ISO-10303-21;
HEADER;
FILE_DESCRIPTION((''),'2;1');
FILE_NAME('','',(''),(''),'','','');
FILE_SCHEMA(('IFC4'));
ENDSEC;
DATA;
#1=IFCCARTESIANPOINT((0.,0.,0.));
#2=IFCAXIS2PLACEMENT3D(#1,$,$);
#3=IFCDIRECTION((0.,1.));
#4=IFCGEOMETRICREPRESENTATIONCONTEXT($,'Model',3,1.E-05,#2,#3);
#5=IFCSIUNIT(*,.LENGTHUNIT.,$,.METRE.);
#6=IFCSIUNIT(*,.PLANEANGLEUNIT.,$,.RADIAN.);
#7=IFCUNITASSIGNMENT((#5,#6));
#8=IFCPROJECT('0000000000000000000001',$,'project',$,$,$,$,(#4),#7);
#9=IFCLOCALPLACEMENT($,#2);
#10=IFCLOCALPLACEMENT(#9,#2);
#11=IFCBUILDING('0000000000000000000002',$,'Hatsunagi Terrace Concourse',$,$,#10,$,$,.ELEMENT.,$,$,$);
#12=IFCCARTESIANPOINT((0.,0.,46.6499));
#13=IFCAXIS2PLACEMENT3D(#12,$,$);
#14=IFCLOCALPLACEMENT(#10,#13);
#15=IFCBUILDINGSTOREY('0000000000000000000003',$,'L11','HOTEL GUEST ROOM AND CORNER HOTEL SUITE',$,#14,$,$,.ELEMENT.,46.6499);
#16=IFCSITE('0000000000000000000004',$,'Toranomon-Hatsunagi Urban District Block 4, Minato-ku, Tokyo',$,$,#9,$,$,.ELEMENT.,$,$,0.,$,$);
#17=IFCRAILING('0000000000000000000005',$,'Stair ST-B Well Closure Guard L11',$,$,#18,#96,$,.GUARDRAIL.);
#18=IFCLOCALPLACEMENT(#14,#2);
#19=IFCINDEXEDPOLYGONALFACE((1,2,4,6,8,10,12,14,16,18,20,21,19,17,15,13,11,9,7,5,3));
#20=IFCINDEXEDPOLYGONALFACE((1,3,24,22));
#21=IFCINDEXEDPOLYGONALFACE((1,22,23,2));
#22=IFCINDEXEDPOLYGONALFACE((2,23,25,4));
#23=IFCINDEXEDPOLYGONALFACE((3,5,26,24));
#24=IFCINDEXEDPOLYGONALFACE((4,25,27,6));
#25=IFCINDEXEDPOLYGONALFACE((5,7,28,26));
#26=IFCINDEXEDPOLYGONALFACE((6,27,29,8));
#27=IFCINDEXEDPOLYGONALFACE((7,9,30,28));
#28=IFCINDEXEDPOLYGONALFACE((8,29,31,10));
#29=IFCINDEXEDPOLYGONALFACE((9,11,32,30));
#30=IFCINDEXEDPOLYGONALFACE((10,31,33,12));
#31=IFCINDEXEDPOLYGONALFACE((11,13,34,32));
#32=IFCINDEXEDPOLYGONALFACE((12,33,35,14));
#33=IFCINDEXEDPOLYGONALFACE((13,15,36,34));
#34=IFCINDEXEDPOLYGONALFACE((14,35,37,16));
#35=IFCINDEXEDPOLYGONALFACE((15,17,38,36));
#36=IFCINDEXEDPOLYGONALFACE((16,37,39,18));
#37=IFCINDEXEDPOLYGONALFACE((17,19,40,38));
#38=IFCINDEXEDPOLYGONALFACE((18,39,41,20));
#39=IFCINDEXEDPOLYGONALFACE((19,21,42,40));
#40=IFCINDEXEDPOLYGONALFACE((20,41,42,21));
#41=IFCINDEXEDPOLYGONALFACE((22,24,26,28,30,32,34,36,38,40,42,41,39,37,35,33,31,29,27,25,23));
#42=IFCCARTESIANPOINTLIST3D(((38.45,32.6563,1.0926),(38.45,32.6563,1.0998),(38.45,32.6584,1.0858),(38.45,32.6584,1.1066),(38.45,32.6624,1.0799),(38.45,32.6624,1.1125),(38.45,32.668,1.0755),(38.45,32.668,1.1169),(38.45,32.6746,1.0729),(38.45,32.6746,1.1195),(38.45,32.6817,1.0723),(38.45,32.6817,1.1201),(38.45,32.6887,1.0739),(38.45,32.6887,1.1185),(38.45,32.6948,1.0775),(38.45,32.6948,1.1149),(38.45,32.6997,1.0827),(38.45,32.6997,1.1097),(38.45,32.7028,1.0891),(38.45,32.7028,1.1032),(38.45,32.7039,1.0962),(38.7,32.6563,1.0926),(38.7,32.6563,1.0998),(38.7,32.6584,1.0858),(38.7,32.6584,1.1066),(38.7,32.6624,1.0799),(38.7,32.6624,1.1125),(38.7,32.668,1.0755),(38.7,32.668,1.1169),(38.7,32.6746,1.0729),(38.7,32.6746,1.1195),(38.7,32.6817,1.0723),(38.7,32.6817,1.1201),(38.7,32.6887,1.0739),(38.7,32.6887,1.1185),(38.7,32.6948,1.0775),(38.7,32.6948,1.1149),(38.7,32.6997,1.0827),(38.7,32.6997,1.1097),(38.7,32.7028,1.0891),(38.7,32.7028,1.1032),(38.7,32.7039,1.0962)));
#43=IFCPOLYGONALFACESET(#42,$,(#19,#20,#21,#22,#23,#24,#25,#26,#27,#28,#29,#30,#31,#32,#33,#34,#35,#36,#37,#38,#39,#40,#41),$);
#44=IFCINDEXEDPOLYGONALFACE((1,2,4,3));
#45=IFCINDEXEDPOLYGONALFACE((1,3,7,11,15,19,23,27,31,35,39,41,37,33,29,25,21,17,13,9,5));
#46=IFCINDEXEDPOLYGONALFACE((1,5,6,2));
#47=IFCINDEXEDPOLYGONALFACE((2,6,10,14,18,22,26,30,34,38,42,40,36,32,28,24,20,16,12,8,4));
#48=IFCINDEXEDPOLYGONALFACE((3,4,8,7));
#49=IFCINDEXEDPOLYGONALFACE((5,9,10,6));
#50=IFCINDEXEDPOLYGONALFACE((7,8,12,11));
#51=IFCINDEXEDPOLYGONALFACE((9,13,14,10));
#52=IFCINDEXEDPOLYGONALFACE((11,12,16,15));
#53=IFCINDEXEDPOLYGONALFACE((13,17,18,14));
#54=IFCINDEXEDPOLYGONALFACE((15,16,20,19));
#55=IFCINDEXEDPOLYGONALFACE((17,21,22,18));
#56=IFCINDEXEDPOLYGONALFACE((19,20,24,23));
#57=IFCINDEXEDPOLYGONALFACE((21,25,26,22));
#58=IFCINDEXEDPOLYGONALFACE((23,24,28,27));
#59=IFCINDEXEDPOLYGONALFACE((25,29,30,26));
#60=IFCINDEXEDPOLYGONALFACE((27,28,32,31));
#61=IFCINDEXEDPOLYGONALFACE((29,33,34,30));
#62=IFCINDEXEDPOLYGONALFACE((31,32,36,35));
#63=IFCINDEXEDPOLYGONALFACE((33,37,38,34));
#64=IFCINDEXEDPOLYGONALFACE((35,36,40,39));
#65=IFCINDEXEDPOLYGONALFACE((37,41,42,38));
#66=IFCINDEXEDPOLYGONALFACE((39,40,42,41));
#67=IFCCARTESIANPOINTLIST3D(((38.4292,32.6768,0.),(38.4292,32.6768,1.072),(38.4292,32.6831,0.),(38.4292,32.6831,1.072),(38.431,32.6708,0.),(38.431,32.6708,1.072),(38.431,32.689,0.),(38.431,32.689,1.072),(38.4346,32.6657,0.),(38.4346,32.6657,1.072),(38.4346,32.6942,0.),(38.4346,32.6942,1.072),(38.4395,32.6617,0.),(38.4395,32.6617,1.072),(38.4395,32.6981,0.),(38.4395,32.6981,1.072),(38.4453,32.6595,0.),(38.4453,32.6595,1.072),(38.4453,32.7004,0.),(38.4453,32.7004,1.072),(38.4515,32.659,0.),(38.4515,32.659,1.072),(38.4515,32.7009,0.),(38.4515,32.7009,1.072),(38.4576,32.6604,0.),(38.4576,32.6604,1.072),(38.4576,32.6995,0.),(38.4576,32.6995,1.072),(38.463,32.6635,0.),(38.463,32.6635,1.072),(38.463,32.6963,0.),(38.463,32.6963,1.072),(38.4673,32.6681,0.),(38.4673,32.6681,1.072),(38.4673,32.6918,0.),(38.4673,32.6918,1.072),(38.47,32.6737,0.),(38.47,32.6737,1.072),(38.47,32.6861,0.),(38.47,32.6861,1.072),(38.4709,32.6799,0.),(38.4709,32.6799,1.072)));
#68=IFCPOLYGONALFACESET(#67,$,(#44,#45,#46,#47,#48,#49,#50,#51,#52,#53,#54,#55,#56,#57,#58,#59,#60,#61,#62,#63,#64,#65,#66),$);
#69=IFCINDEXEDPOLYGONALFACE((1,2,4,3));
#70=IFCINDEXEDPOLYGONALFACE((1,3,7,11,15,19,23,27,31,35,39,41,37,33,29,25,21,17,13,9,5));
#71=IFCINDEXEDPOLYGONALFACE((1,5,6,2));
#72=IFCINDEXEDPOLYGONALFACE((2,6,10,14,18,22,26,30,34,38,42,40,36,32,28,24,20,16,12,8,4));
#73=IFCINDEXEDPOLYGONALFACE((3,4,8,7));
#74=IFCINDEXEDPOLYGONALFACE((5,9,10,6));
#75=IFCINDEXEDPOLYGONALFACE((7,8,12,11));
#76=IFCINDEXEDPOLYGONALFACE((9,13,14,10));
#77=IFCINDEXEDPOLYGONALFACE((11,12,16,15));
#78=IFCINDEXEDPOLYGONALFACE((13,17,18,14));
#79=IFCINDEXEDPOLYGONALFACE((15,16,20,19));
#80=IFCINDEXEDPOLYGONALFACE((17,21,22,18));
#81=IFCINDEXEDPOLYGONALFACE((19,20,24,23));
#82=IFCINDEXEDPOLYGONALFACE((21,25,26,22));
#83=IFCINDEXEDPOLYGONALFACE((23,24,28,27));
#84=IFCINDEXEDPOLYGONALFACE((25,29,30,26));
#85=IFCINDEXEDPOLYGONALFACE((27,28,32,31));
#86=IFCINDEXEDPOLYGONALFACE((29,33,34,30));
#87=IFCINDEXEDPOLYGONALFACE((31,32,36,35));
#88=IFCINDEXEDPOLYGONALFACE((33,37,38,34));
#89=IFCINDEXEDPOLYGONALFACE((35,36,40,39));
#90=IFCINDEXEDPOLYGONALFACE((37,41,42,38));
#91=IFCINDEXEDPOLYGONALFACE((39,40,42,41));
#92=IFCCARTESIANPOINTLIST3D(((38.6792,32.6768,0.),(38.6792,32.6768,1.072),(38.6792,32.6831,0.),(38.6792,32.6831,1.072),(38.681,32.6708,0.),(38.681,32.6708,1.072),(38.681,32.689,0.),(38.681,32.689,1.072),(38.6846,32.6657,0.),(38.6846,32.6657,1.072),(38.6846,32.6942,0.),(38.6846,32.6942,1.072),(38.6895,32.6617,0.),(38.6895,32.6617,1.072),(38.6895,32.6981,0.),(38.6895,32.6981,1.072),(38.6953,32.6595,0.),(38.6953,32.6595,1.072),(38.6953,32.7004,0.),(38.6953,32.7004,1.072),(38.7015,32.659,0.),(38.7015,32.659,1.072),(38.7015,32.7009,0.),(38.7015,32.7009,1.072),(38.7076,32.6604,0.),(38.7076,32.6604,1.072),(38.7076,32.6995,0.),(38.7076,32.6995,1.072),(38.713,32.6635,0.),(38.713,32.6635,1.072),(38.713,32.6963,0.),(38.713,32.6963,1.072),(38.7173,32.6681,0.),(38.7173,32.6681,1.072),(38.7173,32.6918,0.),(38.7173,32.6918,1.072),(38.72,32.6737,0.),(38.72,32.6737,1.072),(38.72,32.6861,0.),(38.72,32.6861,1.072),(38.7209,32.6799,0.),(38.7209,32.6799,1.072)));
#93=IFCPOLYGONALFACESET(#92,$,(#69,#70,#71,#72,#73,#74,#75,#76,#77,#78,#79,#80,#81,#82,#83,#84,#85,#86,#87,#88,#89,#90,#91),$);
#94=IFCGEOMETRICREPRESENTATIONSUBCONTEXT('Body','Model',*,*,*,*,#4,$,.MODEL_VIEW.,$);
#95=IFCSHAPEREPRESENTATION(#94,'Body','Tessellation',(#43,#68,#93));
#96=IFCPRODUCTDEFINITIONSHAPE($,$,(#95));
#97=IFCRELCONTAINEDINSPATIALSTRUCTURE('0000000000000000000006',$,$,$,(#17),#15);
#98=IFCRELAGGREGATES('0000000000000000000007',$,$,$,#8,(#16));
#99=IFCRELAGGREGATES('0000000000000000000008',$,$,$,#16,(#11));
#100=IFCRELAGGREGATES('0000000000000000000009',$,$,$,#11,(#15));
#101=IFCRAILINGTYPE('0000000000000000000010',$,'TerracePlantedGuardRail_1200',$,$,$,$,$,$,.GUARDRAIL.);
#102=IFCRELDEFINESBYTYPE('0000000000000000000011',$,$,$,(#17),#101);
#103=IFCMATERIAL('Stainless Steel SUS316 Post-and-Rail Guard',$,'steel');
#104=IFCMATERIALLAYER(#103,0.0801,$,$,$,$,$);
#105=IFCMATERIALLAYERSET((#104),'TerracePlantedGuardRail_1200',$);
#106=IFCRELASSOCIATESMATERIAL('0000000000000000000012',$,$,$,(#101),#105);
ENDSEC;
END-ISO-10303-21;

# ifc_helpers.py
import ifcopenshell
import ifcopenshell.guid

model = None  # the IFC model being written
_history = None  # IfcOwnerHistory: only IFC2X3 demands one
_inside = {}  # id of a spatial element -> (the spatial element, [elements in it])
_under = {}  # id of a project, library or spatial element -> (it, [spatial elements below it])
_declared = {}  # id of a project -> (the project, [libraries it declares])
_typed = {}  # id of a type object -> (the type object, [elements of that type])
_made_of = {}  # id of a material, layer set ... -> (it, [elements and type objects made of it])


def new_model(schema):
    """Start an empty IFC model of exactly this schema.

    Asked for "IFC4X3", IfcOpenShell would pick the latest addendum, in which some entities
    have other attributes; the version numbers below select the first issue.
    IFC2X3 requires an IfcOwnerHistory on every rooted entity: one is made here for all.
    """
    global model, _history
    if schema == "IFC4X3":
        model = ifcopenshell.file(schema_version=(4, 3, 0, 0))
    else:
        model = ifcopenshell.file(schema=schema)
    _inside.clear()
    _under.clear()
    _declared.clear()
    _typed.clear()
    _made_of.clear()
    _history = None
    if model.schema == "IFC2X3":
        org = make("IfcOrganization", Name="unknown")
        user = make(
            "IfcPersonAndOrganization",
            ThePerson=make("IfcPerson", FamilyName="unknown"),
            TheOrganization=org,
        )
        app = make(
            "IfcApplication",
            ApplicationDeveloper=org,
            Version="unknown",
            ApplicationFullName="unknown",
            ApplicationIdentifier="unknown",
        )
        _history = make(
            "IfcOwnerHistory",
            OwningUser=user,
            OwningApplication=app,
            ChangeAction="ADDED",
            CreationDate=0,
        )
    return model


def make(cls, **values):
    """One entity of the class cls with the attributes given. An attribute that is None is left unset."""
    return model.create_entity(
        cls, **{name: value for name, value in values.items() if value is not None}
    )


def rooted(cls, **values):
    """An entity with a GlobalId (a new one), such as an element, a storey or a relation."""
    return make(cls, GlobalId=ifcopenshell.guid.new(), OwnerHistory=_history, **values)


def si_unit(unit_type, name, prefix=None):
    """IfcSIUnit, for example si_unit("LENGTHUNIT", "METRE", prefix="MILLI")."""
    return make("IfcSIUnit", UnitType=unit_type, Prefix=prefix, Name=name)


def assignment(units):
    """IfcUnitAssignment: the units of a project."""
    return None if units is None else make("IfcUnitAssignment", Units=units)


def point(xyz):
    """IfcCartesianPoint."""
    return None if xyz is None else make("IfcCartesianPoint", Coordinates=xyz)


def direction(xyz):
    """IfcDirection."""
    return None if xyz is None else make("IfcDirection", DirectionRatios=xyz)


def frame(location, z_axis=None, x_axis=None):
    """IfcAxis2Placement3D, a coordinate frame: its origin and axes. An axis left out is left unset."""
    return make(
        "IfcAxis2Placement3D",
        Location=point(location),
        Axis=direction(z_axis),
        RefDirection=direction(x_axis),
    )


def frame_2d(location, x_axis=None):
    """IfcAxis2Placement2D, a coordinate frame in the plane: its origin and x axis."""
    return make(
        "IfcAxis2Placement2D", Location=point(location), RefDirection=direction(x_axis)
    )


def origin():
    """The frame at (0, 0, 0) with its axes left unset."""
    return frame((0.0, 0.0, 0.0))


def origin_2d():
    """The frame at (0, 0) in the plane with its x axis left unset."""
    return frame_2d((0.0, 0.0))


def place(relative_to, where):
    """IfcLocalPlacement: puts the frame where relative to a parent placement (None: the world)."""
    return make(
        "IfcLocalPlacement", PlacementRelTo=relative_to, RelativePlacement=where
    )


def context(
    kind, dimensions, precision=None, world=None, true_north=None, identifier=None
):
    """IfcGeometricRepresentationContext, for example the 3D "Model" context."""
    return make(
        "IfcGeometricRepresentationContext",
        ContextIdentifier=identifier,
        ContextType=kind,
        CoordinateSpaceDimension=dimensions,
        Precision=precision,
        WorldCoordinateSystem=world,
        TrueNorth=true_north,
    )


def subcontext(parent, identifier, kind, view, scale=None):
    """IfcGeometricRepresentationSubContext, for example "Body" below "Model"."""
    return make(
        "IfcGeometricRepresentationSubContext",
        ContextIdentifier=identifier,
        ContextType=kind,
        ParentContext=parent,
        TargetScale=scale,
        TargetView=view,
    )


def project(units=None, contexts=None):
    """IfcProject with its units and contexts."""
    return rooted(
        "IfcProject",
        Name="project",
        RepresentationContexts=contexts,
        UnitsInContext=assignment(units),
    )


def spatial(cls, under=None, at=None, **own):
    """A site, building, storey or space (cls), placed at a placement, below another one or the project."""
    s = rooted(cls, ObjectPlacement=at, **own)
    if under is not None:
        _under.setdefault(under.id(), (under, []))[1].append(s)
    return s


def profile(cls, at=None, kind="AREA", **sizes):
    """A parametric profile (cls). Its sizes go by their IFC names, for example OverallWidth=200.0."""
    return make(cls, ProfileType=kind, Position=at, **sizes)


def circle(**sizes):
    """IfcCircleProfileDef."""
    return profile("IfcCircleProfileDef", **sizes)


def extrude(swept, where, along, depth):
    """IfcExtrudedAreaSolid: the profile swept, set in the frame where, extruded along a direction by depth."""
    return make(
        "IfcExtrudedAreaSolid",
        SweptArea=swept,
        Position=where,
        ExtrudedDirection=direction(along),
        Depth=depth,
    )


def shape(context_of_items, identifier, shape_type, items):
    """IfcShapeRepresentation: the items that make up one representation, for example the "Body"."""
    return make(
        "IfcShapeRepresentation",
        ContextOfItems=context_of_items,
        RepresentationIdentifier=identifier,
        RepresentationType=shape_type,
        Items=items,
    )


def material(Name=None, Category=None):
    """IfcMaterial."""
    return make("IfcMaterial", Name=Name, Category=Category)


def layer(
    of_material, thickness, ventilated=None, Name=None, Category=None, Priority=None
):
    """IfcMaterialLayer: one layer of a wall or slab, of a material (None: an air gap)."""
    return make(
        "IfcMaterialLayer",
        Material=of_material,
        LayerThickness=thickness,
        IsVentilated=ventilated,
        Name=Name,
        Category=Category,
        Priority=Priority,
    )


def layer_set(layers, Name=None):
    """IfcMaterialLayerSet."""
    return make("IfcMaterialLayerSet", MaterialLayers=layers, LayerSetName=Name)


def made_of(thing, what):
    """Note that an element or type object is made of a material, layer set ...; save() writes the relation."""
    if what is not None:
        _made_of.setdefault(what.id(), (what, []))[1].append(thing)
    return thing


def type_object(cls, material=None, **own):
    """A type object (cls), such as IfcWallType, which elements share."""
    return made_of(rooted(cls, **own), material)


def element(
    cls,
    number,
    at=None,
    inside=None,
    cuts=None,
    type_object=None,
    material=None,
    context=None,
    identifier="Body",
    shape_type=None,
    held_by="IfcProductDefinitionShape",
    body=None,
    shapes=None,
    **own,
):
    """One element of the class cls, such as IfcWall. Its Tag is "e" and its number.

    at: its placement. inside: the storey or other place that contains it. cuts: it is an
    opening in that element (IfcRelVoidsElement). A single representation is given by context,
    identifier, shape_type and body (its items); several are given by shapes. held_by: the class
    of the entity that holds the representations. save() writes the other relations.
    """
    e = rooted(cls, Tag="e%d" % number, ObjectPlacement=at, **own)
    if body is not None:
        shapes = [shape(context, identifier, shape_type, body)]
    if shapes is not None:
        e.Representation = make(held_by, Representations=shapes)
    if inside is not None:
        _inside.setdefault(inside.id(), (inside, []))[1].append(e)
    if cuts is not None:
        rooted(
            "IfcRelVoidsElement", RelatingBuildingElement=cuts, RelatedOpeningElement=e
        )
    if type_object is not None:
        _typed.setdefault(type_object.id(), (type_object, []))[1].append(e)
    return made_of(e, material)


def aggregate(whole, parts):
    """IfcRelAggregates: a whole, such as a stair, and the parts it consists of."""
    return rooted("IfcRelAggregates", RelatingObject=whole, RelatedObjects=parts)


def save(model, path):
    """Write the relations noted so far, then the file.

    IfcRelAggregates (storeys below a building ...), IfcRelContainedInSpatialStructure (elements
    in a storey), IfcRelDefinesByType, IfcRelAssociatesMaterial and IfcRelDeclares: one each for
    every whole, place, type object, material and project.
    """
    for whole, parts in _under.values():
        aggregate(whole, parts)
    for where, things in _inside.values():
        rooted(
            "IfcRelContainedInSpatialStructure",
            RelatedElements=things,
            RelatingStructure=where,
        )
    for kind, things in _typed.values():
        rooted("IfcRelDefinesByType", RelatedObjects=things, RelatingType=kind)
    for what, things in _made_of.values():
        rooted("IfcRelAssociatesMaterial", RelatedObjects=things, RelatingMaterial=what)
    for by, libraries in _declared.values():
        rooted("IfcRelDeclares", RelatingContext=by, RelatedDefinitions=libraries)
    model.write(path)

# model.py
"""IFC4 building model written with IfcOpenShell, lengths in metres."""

from ifc_helpers import new_model, si_unit, direction, frame, origin, origin_2d, place, context, subcontext, project, spatial, circle, extrude, material, layer, layer_set, type_object, element, save


model = new_model("IFC4")

# Units and contexts
model_context = context("Model", 3, precision=1e-05, world=origin(), true_north=direction((0.0, 1.0)))
body_context = subcontext(model_context, "Body", "Model", "MODEL_VIEW")
ifc_project = project(units=[si_unit("LENGTHUNIT", "METRE"), si_unit("PLANEANGLEUNIT", "RADIAN")], contexts=[model_context])

# Site, building, storey
site_placement = place(None, origin())
site = spatial("IfcSite", under=ifc_project, at=site_placement, Name="Toranomon-Hatsunagi Urban District Block 4, Minato-ku, Tokyo", CompositionType="ELEMENT", RefElevation=0.0)
building_placement = place(site_placement, origin())
building = spatial("IfcBuilding", under=site, at=building_placement, Name="Hatsunagi Terrace Concourse", CompositionType="ELEMENT")
storey_placement = place(building_placement, frame((0.0, 0.0, 46.6499)))
storey = spatial("IfcBuildingStorey", under=building, at=storey_placement, Name="L11", Description="HOTEL GUEST ROOM AND CORNER HOTEL SUITE", CompositionType="ELEMENT", Elevation=46.6499)

# Railing
ifc_material_1 = material(Name="Stainless Steel SUS316 Post-and-Rail Guard", Category="steel")
ifc_layer_1 = layer(ifc_material_1, 0.0801)
ifc_layer_set_1 = layer_set([ifc_layer_1], Name="TerracePlantedGuardRail_1200")
railing_type_1 = type_object("IfcRailingType", Name="TerracePlantedGuardRail_1200", PredefinedType="GUARDRAIL", material=ifc_layer_set_1)
railing_1_placement = place(storey_placement, frame((38.45, 32.6799, 0.0)))
element("IfcRailing", 1, at=railing_1_placement, inside=storey, type_object=railing_type_1, Name="Stair ST-B Well Closure Guard L11", PredefinedType="GUARDRAIL", context=body_context, shape_type="SweptSolid", body=[
    extrude(circle(Radius=0.0239, at=origin_2d()), frame((0.0, 0.0, 1.0962), z_axis=(1.0, 0.0, 0.0), x_axis=(0.0, 1.0, 0.0)), (0.0, 0.0, 1.0), 0.25),
    extrude(circle(Radius=0.021, at=origin_2d()), origin(), (0.0, 0.0, 1.0), 1.072),
    extrude(circle(Radius=0.021, at=origin_2d()), frame((0.25, 0.0, 0.0)), (0.0, 0.0, 1.0), 1.072),
])

save(model, "model.ifc")
